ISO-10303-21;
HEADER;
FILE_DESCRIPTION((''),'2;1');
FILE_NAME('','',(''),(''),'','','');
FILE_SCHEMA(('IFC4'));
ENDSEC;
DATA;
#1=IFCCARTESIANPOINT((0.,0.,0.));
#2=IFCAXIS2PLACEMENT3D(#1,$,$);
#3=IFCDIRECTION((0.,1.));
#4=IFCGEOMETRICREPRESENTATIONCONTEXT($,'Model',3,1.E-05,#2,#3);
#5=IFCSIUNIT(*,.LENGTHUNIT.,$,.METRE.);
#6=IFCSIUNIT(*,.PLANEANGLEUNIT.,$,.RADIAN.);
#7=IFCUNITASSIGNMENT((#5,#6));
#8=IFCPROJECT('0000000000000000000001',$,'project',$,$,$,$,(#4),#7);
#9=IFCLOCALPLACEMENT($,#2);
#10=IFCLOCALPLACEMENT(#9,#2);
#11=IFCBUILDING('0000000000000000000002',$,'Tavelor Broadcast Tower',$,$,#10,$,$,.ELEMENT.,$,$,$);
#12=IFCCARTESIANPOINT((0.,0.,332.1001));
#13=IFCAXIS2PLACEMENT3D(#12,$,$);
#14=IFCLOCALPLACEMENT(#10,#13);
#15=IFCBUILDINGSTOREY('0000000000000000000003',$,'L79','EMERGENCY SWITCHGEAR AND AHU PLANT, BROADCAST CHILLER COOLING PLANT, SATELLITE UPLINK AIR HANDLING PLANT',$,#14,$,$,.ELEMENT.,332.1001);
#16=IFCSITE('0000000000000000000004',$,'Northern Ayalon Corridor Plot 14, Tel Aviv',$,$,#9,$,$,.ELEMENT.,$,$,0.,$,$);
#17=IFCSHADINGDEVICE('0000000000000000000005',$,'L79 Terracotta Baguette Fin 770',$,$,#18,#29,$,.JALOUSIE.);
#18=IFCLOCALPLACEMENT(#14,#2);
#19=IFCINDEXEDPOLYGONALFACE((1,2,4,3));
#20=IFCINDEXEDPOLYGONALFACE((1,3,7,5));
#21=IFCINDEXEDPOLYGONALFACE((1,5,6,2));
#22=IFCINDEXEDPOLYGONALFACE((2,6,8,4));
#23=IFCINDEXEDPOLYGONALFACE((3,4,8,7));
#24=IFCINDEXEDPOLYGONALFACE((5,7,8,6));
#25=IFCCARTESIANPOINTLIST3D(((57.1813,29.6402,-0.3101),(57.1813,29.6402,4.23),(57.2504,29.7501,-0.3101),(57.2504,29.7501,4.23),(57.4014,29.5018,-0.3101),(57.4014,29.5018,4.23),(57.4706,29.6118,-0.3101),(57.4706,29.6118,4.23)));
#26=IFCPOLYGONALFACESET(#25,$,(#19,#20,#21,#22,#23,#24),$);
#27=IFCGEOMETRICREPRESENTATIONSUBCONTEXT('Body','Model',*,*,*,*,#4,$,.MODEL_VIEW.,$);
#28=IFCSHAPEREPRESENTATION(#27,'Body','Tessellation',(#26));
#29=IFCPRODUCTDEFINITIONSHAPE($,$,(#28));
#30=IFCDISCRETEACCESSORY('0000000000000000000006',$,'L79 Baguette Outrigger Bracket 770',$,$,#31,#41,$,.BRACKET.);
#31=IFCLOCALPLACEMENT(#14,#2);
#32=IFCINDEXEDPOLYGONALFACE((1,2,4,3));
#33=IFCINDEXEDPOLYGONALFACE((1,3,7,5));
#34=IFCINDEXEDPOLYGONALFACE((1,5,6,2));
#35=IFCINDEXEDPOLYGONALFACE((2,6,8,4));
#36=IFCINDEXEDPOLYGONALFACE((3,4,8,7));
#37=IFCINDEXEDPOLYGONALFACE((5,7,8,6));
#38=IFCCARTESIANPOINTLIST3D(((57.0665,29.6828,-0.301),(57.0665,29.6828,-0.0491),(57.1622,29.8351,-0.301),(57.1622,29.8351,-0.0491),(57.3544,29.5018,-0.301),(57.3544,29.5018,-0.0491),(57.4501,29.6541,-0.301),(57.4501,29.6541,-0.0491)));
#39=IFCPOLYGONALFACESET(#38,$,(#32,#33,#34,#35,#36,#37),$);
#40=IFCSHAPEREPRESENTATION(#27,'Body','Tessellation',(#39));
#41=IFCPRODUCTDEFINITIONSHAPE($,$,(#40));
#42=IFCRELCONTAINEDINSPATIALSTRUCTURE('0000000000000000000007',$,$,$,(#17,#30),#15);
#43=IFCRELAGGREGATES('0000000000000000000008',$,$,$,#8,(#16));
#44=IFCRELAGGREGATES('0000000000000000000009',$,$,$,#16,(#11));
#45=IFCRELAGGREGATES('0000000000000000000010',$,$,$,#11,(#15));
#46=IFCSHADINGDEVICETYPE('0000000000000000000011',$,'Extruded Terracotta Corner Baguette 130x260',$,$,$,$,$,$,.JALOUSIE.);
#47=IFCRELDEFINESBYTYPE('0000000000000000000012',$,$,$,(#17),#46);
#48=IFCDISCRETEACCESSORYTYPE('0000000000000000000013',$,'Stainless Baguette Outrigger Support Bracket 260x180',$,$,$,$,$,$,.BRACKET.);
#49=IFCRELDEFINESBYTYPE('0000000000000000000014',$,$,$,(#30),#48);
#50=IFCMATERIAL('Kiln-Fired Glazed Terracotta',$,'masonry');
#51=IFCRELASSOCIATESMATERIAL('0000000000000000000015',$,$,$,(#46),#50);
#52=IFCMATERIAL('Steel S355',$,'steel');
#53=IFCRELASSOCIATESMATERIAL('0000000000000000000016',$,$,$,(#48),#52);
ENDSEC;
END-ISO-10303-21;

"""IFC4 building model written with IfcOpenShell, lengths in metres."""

from ifc_helpers import new_model, si_unit, direction, frame, origin, origin_2d, place, context, subcontext, project, spatial, rectangle, extrude, source, transform, mapped, material, type_object, type_shapes, element, save


model = new_model("IFC4")

# Units and contexts
model_context = context("Model", 3, precision=1e-05, world=origin(), true_north=direction((0.0, 1.0)))
body_context = subcontext(model_context, "Body", "Model", "MODEL_VIEW")
ifc_project = project(units=[si_unit("LENGTHUNIT", "METRE"), si_unit("PLANEANGLEUNIT", "RADIAN")], contexts=[model_context])

# Site, building, storey
site_placement = place(None, origin())
site = spatial("IfcSite", under=ifc_project, at=site_placement, Name="Northern Ayalon Corridor Plot 14, Tel Aviv", CompositionType="ELEMENT", RefElevation=0.0)
building_placement = place(site_placement, origin())
building = spatial("IfcBuilding", under=site, at=building_placement, Name="Tavelor Broadcast Tower", CompositionType="ELEMENT")
storey_placement = place(building_placement, frame((0.0, 0.0, 332.1001)))
storey = spatial("IfcBuildingStorey", under=building, at=storey_placement, Name="L79", Description="EMERGENCY SWITCHGEAR AND AHU PLANT, BROADCAST CHILLER COOLING PLANT, SATELLITE UPLINK AIR HANDLING PLANT", CompositionType="ELEMENT", Elevation=332.1001)

# Shared definitions
ifc_material_1 = material(Name="Steel S355", Category="steel")

# Shading device
ifc_material_2 = material(Name="Kiln-Fired Glazed Terracotta", Category="masonry")
shading_device_type = type_object("IfcShadingDeviceType", Name="Extruded Terracotta Corner Baguette 130x260", PredefinedType="JALOUSIE", material=ifc_material_2)
shared_shape_1 = source(origin(), body_context, "Body", "SweptSolid", [
    extrude(rectangle(XDim=0.1299, YDim=0.26, at=origin_2d()), origin(), (0.0, 0.0, 1.0), 4.54),
])
type_shapes(shading_device_type, [shared_shape_1])
shading_device_placement = place(storey_placement, frame((57.3259, 29.626, -0.3101), z_axis=(0.0, 0.0, 1.0), x_axis=(0.532138, 0.846658, 0.0)))
element("IfcShadingDevice", 1, at=shading_device_placement, inside=storey, type_object=shading_device_type, Name="L79 Terracotta Baguette Fin 770", PredefinedType="JALOUSIE", context=body_context, shape_type="MappedRepresentation", body=[
    mapped(shared_shape_1, transform((0.0, 0.0, 0.0), scale=1.0)),
])

# Discrete accessory
discrete_accessory_type = type_object("IfcDiscreteAccessoryType", Name="Stainless Baguette Outrigger Support Bracket 260x180", PredefinedType="BRACKET", material=ifc_material_1)
shared_shape_2 = source(origin(), body_context, "Body", "SweptSolid", [
    extrude(rectangle(XDim=0.1799, YDim=0.3401, at=origin_2d()), origin(), (0.0, 0.0, 1.0), 0.252),
])
type_shapes(discrete_accessory_type, [shared_shape_2])
discrete_accessory_placement = place(storey_placement, frame((57.2583, 29.6685, -0.301), z_axis=(0.0, 0.0, 1.0), x_axis=(0.532138, 0.846658, 0.0)))
element("IfcDiscreteAccessory", 2, at=discrete_accessory_placement, inside=storey, type_object=discrete_accessory_type, Name="L79 Baguette Outrigger Bracket 770", PredefinedType="BRACKET", context=body_context, shape_type="MappedRepresentation", body=[
    mapped(shared_shape_2, transform((0.0, 0.0, 0.0), scale=1.0)),
])

save(model, "model.ifc")
